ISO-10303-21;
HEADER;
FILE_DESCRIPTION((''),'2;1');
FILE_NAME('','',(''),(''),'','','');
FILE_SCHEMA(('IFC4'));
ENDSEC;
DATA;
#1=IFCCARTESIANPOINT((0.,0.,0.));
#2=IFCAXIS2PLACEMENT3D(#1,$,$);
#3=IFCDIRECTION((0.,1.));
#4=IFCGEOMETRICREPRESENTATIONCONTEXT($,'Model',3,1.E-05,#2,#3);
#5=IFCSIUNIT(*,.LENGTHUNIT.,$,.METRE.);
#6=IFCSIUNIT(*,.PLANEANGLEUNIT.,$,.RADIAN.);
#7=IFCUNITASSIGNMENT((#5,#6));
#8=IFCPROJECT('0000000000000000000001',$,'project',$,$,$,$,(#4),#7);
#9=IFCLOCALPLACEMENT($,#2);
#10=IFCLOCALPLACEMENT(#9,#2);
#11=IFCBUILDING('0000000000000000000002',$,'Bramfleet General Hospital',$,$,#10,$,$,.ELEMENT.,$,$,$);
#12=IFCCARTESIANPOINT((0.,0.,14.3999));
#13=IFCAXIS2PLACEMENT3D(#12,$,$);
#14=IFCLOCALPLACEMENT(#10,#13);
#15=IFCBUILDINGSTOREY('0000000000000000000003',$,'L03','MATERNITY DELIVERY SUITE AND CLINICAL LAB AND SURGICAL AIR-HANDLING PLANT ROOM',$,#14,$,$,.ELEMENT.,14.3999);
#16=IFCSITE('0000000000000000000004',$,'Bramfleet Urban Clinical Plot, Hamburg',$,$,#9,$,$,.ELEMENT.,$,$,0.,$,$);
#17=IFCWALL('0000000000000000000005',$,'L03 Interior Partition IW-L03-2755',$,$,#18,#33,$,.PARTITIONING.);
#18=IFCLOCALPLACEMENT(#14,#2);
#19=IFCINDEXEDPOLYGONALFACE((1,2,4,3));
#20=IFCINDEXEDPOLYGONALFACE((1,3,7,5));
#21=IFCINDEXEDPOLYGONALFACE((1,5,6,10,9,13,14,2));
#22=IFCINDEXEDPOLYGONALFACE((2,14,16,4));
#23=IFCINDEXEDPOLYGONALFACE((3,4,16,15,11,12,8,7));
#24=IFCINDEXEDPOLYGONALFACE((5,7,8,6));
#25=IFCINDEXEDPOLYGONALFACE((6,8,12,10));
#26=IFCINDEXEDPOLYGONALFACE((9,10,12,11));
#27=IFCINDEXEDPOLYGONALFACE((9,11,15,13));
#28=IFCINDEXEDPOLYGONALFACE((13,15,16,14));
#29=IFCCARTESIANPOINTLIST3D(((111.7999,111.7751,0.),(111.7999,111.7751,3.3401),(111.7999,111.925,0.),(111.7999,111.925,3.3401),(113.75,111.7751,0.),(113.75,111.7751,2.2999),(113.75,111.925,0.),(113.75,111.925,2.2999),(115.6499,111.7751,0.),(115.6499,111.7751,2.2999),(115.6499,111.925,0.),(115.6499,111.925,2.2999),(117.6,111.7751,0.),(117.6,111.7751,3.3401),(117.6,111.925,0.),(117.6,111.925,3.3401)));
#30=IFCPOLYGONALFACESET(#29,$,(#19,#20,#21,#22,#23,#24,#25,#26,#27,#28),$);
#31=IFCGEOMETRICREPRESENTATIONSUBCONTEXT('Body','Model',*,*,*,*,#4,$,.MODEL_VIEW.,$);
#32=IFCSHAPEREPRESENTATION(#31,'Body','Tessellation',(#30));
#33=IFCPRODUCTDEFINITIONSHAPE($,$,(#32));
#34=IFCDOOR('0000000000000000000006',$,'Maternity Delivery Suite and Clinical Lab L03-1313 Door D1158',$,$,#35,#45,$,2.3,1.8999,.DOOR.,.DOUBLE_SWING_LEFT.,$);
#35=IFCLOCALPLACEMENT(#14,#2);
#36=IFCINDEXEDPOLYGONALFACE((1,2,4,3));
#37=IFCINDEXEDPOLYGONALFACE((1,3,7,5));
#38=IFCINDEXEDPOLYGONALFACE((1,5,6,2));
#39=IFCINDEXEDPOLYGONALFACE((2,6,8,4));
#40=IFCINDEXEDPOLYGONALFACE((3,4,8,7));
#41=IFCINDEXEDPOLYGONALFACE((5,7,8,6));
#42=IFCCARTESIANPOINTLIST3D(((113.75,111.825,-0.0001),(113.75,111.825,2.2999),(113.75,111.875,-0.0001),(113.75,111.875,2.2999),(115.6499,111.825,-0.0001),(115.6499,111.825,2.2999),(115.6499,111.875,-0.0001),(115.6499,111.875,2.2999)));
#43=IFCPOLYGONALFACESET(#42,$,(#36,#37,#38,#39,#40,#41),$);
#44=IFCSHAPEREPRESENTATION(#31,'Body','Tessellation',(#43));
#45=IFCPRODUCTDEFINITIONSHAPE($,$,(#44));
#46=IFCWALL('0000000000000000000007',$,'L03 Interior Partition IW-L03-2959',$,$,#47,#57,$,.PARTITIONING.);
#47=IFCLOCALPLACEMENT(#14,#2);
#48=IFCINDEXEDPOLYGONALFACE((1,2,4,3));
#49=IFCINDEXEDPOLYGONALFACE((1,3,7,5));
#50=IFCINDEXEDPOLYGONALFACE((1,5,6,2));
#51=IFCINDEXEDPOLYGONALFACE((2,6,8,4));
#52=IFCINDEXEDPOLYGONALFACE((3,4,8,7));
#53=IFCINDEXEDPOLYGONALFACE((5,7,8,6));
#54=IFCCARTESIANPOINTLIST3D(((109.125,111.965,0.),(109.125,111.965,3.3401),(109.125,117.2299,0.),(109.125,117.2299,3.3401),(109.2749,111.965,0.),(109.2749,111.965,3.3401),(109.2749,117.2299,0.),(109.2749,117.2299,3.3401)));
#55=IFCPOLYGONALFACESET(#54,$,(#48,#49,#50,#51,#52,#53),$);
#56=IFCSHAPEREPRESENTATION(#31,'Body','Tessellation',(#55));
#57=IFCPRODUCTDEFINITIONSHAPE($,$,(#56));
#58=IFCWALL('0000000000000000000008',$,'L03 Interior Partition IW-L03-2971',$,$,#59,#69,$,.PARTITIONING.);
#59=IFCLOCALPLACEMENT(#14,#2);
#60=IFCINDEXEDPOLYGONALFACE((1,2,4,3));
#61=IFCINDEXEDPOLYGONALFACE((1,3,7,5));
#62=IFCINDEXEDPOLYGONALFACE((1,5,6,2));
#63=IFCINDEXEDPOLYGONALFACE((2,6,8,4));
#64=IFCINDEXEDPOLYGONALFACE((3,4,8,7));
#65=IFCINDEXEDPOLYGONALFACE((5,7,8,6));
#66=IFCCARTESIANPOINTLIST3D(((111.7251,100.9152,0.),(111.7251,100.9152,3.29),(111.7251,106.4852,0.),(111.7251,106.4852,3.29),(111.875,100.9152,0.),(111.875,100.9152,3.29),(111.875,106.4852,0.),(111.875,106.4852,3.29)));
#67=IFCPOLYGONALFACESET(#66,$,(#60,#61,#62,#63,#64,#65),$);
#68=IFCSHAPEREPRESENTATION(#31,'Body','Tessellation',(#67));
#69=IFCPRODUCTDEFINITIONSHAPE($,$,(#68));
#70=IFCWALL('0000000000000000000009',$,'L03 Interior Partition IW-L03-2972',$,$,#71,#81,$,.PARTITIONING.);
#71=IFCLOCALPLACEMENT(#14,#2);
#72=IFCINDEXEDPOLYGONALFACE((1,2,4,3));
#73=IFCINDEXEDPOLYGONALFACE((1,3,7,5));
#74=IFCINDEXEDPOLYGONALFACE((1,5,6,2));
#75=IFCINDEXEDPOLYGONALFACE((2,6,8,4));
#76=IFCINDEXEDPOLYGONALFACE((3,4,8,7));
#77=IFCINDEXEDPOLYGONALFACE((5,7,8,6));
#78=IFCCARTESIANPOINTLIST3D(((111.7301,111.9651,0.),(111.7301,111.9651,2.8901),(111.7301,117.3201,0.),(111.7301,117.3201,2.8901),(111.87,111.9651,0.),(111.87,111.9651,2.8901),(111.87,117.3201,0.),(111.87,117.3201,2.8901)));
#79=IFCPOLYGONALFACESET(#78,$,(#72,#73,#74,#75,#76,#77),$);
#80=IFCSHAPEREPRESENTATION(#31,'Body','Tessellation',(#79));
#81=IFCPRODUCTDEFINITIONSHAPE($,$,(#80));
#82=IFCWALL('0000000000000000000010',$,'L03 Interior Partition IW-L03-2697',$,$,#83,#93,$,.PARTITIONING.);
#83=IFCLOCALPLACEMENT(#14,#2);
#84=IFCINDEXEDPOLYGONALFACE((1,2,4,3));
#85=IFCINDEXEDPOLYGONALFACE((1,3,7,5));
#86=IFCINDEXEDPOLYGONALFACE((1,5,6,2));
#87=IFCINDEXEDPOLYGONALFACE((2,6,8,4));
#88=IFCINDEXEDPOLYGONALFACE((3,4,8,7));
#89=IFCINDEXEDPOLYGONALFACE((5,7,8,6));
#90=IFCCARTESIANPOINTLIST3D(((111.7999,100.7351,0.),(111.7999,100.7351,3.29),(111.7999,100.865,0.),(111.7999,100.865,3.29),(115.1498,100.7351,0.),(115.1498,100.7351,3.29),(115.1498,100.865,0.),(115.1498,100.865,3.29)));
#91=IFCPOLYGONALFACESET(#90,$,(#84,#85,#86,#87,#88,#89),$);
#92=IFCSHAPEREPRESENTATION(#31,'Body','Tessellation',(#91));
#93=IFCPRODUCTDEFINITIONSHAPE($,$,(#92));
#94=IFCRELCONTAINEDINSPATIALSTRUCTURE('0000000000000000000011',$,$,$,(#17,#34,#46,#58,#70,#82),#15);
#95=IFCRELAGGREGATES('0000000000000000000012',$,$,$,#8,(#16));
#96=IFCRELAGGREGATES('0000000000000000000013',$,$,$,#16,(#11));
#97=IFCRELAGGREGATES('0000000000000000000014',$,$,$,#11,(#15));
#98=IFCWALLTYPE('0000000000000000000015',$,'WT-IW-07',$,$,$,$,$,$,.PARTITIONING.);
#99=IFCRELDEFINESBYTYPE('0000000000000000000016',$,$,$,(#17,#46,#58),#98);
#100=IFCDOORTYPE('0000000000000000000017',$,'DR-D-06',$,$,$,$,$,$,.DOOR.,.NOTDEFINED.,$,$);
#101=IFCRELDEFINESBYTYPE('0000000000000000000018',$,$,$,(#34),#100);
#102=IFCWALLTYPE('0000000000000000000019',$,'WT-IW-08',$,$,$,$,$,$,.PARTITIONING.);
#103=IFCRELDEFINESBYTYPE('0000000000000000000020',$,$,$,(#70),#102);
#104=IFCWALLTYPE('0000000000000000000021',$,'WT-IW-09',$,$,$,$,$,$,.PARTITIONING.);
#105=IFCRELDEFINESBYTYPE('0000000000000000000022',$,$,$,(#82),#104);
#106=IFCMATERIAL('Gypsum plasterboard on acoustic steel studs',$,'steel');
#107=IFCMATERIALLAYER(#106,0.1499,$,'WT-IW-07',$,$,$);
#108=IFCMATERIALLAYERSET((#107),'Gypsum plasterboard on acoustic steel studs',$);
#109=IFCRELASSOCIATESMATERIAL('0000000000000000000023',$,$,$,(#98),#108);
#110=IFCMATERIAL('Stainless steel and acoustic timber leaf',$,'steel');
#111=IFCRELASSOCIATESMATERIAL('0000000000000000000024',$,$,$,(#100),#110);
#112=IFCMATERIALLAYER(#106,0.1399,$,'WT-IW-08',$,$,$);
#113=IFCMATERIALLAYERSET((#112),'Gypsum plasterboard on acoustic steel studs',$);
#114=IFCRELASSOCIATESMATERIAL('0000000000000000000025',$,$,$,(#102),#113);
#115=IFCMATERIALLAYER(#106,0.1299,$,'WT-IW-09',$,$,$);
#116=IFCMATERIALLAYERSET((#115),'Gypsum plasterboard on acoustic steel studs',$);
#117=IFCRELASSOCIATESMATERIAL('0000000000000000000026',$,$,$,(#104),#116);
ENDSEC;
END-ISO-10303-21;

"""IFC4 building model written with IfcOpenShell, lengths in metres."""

from ifc_helpers import new_model, si_unit, direction, frame, frame_2d, origin, place, context, subcontext, project, spatial, rectangle, extrude, material, layer, layer_set, type_object, element, fill, save


model = new_model("IFC4")

# Units and contexts
model_context = context("Model", 3, precision=1e-05, world=origin(), true_north=direction((0.0, 1.0)))
body_context = subcontext(model_context, "Body", "Model", "MODEL_VIEW")
ifc_project = project(units=[si_unit("LENGTHUNIT", "METRE"), si_unit("PLANEANGLEUNIT", "RADIAN")], contexts=[model_context])

# Site, building, storey
site_placement = place(None, origin())
site = spatial("IfcSite", under=ifc_project, at=site_placement, Name="Bramfleet Urban Clinical Plot, Hamburg", CompositionType="ELEMENT", RefElevation=0.0)
building_placement = place(site_placement, origin())
building = spatial("IfcBuilding", under=site, at=building_placement, Name="Bramfleet General Hospital", CompositionType="ELEMENT")
storey_placement = place(building_placement, frame((0.0, 0.0, 14.3999)))
storey = spatial("IfcBuildingStorey", under=building, at=storey_placement, Name="L03", Description="MATERNITY DELIVERY SUITE AND CLINICAL LAB AND SURGICAL AIR-HANDLING PLANT ROOM", CompositionType="ELEMENT", Elevation=14.3999)

# Wall, opening, door
ifc_material_1 = material(Name="Gypsum plasterboard on acoustic steel studs", Category="steel")
ifc_material_2 = material(Name="Stainless steel and acoustic timber leaf", Category="steel")
ifc_layer_1 = layer(ifc_material_1, 0.1499, Name="WT-IW-07")
ifc_layer_set_1 = layer_set([ifc_layer_1], Name="Gypsum plasterboard on acoustic steel studs")
wall_type_1 = type_object("IfcWallType", Name="WT-IW-07", PredefinedType="PARTITIONING", material=ifc_layer_set_1)
wall_1_placement = place(storey_placement, frame((111.8, 111.8501, 0.0), z_axis=(0.0, 0.0, 1.0), x_axis=(1.0, 0.0, 0.0)))
wall_1 = element("IfcWall", 1, at=wall_1_placement, inside=storey, type_object=wall_type_1, Name="L03 Interior Partition IW-L03-2755", PredefinedType="PARTITIONING", context=body_context, shape_type="SweptSolid", body=[
    extrude(rectangle(XDim=5.8, YDim=0.1499, at=frame_2d((2.8999, 0.0))), origin(), (0.0, 0.0, 1.0), 3.3401),
])
opening_1_placement = place(wall_1_placement, frame((1.95, 0.0, 0.0)))
opening_1 = element("IfcOpeningElement", 2, at=opening_1_placement, cuts=wall_1, PredefinedType="OPENING", context=body_context, shape_type="SweptSolid", body=[
    extrude(rectangle(XDim=1.8999, YDim=2.3, at=frame_2d((0.95, 1.1499))), frame((0.0, 0.085, 0.0), z_axis=(0.0, -1.0, 0.0), x_axis=(1.0, 0.0, 0.0)), (0.0, 0.0, 1.0), 0.1699),
])
door_type_1 = type_object("IfcDoorType", Name="DR-D-06", OperationType="NOTDEFINED", PredefinedType="DOOR", material=ifc_material_2)
door_1_placement = place(opening_1_placement, origin())
door_1 = element("IfcDoor", 3, at=door_1_placement, inside=storey, type_object=door_type_1, Name="Maternity Delivery Suite and Clinical Lab L03-1313 Door D1158", OperationType="DOUBLE_SWING_LEFT", OverallHeight=2.3, OverallWidth=1.8999, PredefinedType="DOOR", context=body_context, shape_type="SweptSolid", body=[
    extrude(rectangle(XDim=1.8999, YDim=2.3, at=frame_2d((0.95, 1.1499))), frame((0.0, 0.0249, 0.0), z_axis=(0.0, -1.0, 0.0), x_axis=(1.0, 0.0, 0.0)), (0.0, 0.0, 1.0), 0.05),
])
fill(opening_1, door_1)

# Walls
wall_2_placement = place(storey_placement, frame((109.2, 111.9651, 0.0), z_axis=(0.0, 0.0, 1.0), x_axis=(0.0, 1.0, 0.0)))
element("IfcWall", 4, at=wall_2_placement, inside=storey, type_object=wall_type_1, Name="L03 Interior Partition IW-L03-2959", PredefinedType="PARTITIONING", context=body_context, shape_type="SweptSolid", body=[
    extrude(rectangle(XDim=5.2649, YDim=0.1499, at=frame_2d((2.6323, 0.0))), origin(), (0.0, 0.0, 1.0), 3.3401),
])
wall_3_placement = place(storey_placement, frame((111.8, 100.915, 0.0), z_axis=(0.0, 0.0, 1.0), x_axis=(0.0, 1.0, 0.0)))
element("IfcWall", 5, at=wall_3_placement, inside=storey, type_object=wall_type_1, Name="L03 Interior Partition IW-L03-2971", PredefinedType="PARTITIONING", context=body_context, shape_type="SweptSolid", body=[
    extrude(rectangle(XDim=5.5701, YDim=0.1499, at=frame_2d((2.7852, 0.0))), origin(), (0.0, 0.0, 1.0), 3.29),
])
ifc_layer_2 = layer(ifc_material_1, 0.1399, Name="WT-IW-08")
ifc_layer_set_2 = layer_set([ifc_layer_2], Name="Gypsum plasterboard on acoustic steel studs")
wall_type_2 = type_object("IfcWallType", Name="WT-IW-08", PredefinedType="PARTITIONING", material=ifc_layer_set_2)
wall_4_placement = place(storey_placement, frame((111.8, 111.9651, 0.0), z_axis=(0.0, 0.0, 1.0), x_axis=(0.0, 1.0, 0.0)))
element("IfcWall", 6, at=wall_4_placement, inside=storey, type_object=wall_type_2, Name="L03 Interior Partition IW-L03-2972", PredefinedType="PARTITIONING", context=body_context, shape_type="SweptSolid", body=[
    extrude(rectangle(XDim=5.355, YDim=0.1399, at=frame_2d((2.6775, 0.0))), origin(), (0.0, 0.0, 1.0), 2.8901),
])
ifc_layer_3 = layer(ifc_material_1, 0.1299, Name="WT-IW-09")
ifc_layer_set_3 = layer_set([ifc_layer_3], Name="Gypsum plasterboard on acoustic steel studs")
wall_type_3 = type_object("IfcWallType", Name="WT-IW-09", PredefinedType="PARTITIONING", material=ifc_layer_set_3)
wall_5_placement = place(storey_placement, frame((111.8, 100.8, 0.0), z_axis=(0.0, 0.0, 1.0), x_axis=(1.0, 0.0, 0.0)))
element("IfcWall", 7, at=wall_5_placement, inside=storey, type_object=wall_type_3, Name="L03 Interior Partition IW-L03-2697", PredefinedType="PARTITIONING", context=body_context, shape_type="SweptSolid", body=[
    extrude(rectangle(XDim=3.3499, YDim=0.1299, at=frame_2d((1.6748, 0.0))), origin(), (0.0, 0.0, 1.0), 3.29),
])

save(model, "model.ifc")
